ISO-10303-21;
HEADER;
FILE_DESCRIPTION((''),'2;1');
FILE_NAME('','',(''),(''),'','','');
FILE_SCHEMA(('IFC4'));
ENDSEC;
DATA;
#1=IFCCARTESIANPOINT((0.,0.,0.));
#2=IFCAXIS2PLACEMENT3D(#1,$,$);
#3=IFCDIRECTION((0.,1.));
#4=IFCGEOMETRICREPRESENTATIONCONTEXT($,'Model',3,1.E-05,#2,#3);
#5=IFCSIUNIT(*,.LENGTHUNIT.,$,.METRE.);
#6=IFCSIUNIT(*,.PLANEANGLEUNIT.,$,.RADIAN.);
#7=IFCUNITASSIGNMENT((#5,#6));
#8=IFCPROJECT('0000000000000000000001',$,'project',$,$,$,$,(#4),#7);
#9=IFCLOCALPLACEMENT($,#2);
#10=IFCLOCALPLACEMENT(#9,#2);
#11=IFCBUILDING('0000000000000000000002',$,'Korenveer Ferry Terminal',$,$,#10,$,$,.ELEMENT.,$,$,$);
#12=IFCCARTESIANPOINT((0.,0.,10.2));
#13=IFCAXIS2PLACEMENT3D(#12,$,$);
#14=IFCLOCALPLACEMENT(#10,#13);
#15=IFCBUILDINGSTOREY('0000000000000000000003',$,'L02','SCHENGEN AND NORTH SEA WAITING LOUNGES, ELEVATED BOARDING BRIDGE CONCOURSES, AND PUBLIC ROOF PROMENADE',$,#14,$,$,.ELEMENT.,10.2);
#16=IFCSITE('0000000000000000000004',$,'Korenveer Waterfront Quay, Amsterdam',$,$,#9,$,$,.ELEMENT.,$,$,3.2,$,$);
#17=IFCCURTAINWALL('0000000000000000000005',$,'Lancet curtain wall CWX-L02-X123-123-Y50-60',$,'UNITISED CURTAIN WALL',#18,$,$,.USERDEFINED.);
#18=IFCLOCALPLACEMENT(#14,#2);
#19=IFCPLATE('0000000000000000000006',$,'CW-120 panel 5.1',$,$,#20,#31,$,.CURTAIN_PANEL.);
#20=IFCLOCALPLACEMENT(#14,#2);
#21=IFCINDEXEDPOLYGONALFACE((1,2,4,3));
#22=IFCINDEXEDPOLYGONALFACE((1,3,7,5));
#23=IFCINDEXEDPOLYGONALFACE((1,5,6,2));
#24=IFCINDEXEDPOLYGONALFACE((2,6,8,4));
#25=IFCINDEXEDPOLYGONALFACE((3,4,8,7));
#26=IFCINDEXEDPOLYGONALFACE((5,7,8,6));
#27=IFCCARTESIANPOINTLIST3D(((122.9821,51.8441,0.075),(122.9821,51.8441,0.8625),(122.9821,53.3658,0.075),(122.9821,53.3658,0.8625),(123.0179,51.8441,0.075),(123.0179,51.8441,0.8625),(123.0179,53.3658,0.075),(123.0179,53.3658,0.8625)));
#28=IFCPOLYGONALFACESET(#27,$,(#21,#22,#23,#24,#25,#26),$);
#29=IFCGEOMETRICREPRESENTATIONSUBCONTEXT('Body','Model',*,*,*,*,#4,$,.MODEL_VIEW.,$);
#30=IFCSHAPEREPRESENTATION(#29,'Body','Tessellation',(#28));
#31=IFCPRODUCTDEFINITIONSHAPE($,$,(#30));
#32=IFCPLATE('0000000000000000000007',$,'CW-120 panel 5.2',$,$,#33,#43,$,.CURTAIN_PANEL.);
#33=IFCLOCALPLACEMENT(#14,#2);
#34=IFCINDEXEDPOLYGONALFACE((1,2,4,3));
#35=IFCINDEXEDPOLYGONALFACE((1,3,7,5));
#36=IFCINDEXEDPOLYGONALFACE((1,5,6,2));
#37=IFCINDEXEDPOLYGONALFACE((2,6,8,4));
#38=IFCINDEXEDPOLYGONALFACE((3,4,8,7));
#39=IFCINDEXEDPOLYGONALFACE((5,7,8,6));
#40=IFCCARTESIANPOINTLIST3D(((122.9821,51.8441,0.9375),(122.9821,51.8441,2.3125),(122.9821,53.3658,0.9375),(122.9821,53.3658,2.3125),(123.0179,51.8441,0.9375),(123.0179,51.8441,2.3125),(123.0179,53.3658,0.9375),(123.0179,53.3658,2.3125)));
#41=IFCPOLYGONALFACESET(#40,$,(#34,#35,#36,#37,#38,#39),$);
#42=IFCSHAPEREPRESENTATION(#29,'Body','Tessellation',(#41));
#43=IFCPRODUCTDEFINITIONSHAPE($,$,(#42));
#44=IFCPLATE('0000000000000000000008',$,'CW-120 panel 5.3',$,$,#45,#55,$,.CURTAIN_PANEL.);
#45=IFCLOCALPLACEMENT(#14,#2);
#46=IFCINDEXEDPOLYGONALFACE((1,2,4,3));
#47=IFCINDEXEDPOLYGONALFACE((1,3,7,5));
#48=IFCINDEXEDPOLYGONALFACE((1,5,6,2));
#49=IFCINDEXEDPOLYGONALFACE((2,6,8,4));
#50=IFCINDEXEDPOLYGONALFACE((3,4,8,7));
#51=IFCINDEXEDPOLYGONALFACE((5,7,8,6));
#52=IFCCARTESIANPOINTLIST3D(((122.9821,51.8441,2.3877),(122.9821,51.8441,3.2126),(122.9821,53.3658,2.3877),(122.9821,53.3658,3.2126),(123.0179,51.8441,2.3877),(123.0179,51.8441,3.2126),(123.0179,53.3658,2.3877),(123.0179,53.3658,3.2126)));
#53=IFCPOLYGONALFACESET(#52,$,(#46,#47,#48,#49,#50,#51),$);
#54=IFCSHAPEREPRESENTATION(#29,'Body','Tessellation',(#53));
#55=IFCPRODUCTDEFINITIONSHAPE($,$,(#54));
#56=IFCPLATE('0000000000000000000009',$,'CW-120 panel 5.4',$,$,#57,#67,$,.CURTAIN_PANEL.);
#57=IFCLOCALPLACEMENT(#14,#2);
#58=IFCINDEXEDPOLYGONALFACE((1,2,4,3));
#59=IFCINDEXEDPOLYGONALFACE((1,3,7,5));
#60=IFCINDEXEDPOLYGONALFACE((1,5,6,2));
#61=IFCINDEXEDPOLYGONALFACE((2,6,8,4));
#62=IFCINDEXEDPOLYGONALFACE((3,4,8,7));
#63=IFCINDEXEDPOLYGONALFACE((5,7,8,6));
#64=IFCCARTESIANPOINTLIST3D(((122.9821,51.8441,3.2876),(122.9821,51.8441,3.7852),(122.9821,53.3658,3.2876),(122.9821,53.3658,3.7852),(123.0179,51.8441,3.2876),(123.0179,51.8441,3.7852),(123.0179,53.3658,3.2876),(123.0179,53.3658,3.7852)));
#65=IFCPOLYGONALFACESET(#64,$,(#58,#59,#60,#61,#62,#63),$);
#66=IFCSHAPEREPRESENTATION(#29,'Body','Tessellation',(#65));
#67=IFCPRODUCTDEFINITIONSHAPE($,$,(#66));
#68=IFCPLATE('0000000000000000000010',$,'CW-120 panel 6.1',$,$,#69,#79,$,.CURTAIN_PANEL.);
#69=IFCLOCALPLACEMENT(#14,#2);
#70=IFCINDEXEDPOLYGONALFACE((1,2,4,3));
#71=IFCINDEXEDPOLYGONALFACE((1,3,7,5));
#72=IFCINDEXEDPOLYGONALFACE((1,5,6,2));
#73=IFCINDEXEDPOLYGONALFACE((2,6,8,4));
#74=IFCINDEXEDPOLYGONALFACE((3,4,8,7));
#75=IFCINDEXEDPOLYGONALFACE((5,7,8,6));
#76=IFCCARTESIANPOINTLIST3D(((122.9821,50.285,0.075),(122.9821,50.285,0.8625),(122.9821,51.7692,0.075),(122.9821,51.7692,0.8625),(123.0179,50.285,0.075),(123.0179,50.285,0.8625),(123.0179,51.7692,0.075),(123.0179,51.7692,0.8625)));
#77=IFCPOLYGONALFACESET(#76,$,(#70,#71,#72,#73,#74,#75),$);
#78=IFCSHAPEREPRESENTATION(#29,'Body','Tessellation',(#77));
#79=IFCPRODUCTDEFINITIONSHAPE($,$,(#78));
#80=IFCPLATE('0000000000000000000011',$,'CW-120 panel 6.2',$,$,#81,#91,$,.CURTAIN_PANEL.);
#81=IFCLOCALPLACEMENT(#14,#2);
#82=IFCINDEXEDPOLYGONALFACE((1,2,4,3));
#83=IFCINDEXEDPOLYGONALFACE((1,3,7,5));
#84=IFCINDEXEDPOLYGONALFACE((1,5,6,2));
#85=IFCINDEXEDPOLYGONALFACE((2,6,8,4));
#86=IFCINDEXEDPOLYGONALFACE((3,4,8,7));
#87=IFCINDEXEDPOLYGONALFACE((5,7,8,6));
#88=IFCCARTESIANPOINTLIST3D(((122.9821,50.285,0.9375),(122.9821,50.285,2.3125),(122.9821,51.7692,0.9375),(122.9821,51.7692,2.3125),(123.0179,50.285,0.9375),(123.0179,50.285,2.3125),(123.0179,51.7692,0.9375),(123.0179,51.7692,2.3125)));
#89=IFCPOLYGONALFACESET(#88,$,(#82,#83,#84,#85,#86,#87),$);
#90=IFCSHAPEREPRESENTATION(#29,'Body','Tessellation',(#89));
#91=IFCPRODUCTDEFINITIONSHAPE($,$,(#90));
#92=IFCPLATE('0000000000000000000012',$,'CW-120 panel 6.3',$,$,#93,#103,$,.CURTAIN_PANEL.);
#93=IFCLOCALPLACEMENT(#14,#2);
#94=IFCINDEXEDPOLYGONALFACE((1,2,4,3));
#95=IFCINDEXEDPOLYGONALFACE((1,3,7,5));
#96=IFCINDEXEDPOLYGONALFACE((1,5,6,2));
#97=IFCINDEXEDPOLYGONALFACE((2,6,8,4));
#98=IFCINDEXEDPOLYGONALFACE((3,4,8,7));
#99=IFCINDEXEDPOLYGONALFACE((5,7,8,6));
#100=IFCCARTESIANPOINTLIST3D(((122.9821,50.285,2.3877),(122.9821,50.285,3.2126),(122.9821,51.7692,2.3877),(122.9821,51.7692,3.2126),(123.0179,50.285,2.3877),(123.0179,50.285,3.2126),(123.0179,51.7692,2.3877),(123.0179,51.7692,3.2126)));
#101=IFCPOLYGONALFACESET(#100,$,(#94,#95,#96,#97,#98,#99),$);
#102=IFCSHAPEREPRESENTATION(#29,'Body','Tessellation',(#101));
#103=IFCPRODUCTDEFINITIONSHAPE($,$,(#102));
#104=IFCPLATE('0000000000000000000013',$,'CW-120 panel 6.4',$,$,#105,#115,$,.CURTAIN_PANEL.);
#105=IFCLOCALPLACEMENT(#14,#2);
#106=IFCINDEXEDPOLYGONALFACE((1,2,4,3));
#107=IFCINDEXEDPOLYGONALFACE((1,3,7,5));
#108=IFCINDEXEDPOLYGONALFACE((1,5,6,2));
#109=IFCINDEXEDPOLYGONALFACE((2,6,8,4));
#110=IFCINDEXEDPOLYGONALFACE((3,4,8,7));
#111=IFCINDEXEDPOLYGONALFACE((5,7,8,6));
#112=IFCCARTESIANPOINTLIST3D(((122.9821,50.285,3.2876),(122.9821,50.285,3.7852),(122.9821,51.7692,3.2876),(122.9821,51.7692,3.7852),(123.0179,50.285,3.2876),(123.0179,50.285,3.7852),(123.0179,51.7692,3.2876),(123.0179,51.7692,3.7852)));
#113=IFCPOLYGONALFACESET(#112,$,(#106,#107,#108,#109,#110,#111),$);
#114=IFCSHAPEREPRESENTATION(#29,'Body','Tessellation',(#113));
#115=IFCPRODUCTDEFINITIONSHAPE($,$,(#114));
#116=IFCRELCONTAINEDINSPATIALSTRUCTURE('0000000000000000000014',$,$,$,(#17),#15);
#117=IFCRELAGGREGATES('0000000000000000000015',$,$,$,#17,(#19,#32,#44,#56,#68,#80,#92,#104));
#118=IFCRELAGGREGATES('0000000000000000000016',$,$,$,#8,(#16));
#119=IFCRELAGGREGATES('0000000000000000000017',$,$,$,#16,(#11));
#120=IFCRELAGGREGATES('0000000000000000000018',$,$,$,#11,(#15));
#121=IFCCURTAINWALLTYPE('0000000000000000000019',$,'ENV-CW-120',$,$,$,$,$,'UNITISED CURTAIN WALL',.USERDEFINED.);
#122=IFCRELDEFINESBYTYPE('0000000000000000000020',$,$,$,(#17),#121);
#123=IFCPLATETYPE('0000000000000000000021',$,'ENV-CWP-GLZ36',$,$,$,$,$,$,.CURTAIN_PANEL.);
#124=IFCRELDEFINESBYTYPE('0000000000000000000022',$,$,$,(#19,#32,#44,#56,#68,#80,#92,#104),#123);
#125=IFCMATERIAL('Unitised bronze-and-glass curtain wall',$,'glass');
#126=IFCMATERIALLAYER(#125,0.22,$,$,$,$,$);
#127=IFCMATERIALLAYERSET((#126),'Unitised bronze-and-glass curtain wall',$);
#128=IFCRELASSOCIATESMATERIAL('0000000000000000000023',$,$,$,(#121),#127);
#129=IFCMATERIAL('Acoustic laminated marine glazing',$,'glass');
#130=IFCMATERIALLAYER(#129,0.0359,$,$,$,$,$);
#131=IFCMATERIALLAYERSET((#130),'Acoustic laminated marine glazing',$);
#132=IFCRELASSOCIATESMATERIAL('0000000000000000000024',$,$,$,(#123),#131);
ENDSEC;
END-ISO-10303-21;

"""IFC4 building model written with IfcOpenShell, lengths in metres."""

from ifc_helpers import new_model, si_unit, direction, frame, origin, origin_2d, place, context, subcontext, project, spatial, rectangle, extrude, material, layer, layer_set, type_object, element, aggregate, save


model = new_model("IFC4")

# Units and contexts
model_context = context("Model", 3, precision=1e-05, world=origin(), true_north=direction((0.0, 1.0)))
body_context = subcontext(model_context, "Body", "Model", "MODEL_VIEW")
ifc_project = project(units=[si_unit("LENGTHUNIT", "METRE"), si_unit("PLANEANGLEUNIT", "RADIAN")], contexts=[model_context])

# Site, building, storey
site_placement = place(None, origin())
site = spatial("IfcSite", under=ifc_project, at=site_placement, Name="Korenveer Waterfront Quay, Amsterdam", CompositionType="ELEMENT", RefElevation=3.2)
building_placement = place(site_placement, origin())
building = spatial("IfcBuilding", under=site, at=building_placement, Name="Korenveer Ferry Terminal", CompositionType="ELEMENT")
storey_placement = place(building_placement, frame((0.0, 0.0, 10.2)))
storey = spatial("IfcBuildingStorey", under=building, at=storey_placement, Name="L02", Description="SCHENGEN AND NORTH SEA WAITING LOUNGES, ELEVATED BOARDING BRIDGE CONCOURSES, AND PUBLIC ROOF PROMENADE", CompositionType="ELEMENT", Elevation=10.2)

# Shared definitions
ifc_material_1 = material(Name="Unitised bronze-and-glass curtain wall", Category="glass")

# Curtain wall
ifc_layer_1 = layer(ifc_material_1, 0.22)
ifc_layer_set_1 = layer_set([ifc_layer_1], Name="Unitised bronze-and-glass curtain wall")
curtain_wall_type_1 = type_object("IfcCurtainWallType", Name="ENV-CW-120", ElementType="UNITISED CURTAIN WALL", PredefinedType="USERDEFINED", material=ifc_layer_set_1)
curtain_wall_1_placement = place(storey_placement, frame((123.0, 59.79, 0.0)))
curtain_wall_1 = element("IfcCurtainWall", 1, at=curtain_wall_1_placement, inside=storey, type_object=curtain_wall_type_1, Name="Lancet curtain wall CWX-L02-X123-123-Y50-60", ObjectType="UNITISED CURTAIN WALL", PredefinedType="USERDEFINED")

# Plates
ifc_material_2 = material(Name="Acoustic laminated marine glazing", Category="glass")
ifc_layer_2 = layer(ifc_material_2, 0.0359)
ifc_layer_set_2 = layer_set([ifc_layer_2], Name="Acoustic laminated marine glazing")
plate_type = type_object("IfcPlateType", Name="ENV-CWP-GLZ36", PredefinedType="CURTAIN_PANEL", material=ifc_layer_set_2)
plate_1_placement = place(storey_placement, frame((123.0, 52.605, 0.075), z_axis=(0.0, 0.0, 1.0), x_axis=(0.0, -1.0, 0.0)))
plate_1 = element("IfcPlate", 2, at=plate_1_placement, type_object=plate_type, Name="CW-120 panel 5.1", PredefinedType="CURTAIN_PANEL", context=body_context, shape_type="SweptSolid", body=[
    extrude(rectangle(XDim=1.5217, YDim=0.0359, at=origin_2d()), origin(), (0.0, 0.0, 1.0), 0.7876),
])
plate_2_placement = place(storey_placement, frame((123.0, 52.605, 0.9375), z_axis=(0.0, 0.0, 1.0), x_axis=(0.0, -1.0, 0.0)))
plate_2 = element("IfcPlate", 3, at=plate_2_placement, type_object=plate_type, Name="CW-120 panel 5.2", PredefinedType="CURTAIN_PANEL", context=body_context, shape_type="SweptSolid", body=[
    extrude(rectangle(XDim=1.5217, YDim=0.0359, at=origin_2d()), origin(), (0.0, 0.0, 1.0), 1.375),
])
plate_3_placement = place(storey_placement, frame((123.0, 52.605, 2.3877), z_axis=(0.0, 0.0, 1.0), x_axis=(0.0, -1.0, 0.0)))
plate_3 = element("IfcPlate", 4, at=plate_3_placement, type_object=plate_type, Name="CW-120 panel 5.3", PredefinedType="CURTAIN_PANEL", context=body_context, shape_type="SweptSolid", body=[
    extrude(rectangle(XDim=1.5217, YDim=0.0359, at=origin_2d()), origin(), (0.0, 0.0, 1.0), 0.825),
])
plate_4_placement = place(storey_placement, frame((123.0, 52.605, 3.2876), z_axis=(0.0, 0.0, 1.0), x_axis=(0.0, -1.0, 0.0)))
plate_4 = element("IfcPlate", 5, at=plate_4_placement, type_object=plate_type, Name="CW-120 panel 5.4", PredefinedType="CURTAIN_PANEL", context=body_context, shape_type="SweptSolid", body=[
    extrude(rectangle(XDim=1.5217, YDim=0.0359, at=origin_2d()), origin(), (0.0, 0.0, 1.0), 0.4976),
])
plate_5_placement = place(storey_placement, frame((123.0, 51.0271, 0.075), z_axis=(0.0, 0.0, 1.0), x_axis=(0.0, -1.0, 0.0)))
plate_5 = element("IfcPlate", 6, at=plate_5_placement, type_object=plate_type, Name="CW-120 panel 6.1", PredefinedType="CURTAIN_PANEL", context=body_context, shape_type="SweptSolid", body=[
    extrude(rectangle(XDim=1.4841, YDim=0.0359, at=origin_2d()), origin(), (0.0, 0.0, 1.0), 0.7876),
])
plate_6_placement = place(storey_placement, frame((123.0, 51.0271, 0.9375), z_axis=(0.0, 0.0, 1.0), x_axis=(0.0, -1.0, 0.0)))
plate_6 = element("IfcPlate", 7, at=plate_6_placement, type_object=plate_type, Name="CW-120 panel 6.2", PredefinedType="CURTAIN_PANEL", context=body_context, shape_type="SweptSolid", body=[
    extrude(rectangle(XDim=1.4841, YDim=0.0359, at=origin_2d()), origin(), (0.0, 0.0, 1.0), 1.375),
])
plate_7_placement = place(storey_placement, frame((123.0, 51.0271, 2.3877), z_axis=(0.0, 0.0, 1.0), x_axis=(0.0, -1.0, 0.0)))
plate_7 = element("IfcPlate", 8, at=plate_7_placement, type_object=plate_type, Name="CW-120 panel 6.3", PredefinedType="CURTAIN_PANEL", context=body_context, shape_type="SweptSolid", body=[
    extrude(rectangle(XDim=1.4841, YDim=0.0359, at=origin_2d()), origin(), (0.0, 0.0, 1.0), 0.825),
])
plate_8_placement = place(storey_placement, frame((123.0, 51.0271, 3.2876), z_axis=(0.0, 0.0, 1.0), x_axis=(0.0, -1.0, 0.0)))
plate_8 = element("IfcPlate", 9, at=plate_8_placement, type_object=plate_type, Name="CW-120 panel 6.4", PredefinedType="CURTAIN_PANEL", context=body_context, shape_type="SweptSolid", body=[
    extrude(rectangle(XDim=1.4841, YDim=0.0359, at=origin_2d()), origin(), (0.0, 0.0, 1.0), 0.4976),
])
aggregate(curtain_wall_1, [plate_1, plate_2, plate_3, plate_4, plate_5, plate_6, plate_7, plate_8])

save(model, "model.ifc")
